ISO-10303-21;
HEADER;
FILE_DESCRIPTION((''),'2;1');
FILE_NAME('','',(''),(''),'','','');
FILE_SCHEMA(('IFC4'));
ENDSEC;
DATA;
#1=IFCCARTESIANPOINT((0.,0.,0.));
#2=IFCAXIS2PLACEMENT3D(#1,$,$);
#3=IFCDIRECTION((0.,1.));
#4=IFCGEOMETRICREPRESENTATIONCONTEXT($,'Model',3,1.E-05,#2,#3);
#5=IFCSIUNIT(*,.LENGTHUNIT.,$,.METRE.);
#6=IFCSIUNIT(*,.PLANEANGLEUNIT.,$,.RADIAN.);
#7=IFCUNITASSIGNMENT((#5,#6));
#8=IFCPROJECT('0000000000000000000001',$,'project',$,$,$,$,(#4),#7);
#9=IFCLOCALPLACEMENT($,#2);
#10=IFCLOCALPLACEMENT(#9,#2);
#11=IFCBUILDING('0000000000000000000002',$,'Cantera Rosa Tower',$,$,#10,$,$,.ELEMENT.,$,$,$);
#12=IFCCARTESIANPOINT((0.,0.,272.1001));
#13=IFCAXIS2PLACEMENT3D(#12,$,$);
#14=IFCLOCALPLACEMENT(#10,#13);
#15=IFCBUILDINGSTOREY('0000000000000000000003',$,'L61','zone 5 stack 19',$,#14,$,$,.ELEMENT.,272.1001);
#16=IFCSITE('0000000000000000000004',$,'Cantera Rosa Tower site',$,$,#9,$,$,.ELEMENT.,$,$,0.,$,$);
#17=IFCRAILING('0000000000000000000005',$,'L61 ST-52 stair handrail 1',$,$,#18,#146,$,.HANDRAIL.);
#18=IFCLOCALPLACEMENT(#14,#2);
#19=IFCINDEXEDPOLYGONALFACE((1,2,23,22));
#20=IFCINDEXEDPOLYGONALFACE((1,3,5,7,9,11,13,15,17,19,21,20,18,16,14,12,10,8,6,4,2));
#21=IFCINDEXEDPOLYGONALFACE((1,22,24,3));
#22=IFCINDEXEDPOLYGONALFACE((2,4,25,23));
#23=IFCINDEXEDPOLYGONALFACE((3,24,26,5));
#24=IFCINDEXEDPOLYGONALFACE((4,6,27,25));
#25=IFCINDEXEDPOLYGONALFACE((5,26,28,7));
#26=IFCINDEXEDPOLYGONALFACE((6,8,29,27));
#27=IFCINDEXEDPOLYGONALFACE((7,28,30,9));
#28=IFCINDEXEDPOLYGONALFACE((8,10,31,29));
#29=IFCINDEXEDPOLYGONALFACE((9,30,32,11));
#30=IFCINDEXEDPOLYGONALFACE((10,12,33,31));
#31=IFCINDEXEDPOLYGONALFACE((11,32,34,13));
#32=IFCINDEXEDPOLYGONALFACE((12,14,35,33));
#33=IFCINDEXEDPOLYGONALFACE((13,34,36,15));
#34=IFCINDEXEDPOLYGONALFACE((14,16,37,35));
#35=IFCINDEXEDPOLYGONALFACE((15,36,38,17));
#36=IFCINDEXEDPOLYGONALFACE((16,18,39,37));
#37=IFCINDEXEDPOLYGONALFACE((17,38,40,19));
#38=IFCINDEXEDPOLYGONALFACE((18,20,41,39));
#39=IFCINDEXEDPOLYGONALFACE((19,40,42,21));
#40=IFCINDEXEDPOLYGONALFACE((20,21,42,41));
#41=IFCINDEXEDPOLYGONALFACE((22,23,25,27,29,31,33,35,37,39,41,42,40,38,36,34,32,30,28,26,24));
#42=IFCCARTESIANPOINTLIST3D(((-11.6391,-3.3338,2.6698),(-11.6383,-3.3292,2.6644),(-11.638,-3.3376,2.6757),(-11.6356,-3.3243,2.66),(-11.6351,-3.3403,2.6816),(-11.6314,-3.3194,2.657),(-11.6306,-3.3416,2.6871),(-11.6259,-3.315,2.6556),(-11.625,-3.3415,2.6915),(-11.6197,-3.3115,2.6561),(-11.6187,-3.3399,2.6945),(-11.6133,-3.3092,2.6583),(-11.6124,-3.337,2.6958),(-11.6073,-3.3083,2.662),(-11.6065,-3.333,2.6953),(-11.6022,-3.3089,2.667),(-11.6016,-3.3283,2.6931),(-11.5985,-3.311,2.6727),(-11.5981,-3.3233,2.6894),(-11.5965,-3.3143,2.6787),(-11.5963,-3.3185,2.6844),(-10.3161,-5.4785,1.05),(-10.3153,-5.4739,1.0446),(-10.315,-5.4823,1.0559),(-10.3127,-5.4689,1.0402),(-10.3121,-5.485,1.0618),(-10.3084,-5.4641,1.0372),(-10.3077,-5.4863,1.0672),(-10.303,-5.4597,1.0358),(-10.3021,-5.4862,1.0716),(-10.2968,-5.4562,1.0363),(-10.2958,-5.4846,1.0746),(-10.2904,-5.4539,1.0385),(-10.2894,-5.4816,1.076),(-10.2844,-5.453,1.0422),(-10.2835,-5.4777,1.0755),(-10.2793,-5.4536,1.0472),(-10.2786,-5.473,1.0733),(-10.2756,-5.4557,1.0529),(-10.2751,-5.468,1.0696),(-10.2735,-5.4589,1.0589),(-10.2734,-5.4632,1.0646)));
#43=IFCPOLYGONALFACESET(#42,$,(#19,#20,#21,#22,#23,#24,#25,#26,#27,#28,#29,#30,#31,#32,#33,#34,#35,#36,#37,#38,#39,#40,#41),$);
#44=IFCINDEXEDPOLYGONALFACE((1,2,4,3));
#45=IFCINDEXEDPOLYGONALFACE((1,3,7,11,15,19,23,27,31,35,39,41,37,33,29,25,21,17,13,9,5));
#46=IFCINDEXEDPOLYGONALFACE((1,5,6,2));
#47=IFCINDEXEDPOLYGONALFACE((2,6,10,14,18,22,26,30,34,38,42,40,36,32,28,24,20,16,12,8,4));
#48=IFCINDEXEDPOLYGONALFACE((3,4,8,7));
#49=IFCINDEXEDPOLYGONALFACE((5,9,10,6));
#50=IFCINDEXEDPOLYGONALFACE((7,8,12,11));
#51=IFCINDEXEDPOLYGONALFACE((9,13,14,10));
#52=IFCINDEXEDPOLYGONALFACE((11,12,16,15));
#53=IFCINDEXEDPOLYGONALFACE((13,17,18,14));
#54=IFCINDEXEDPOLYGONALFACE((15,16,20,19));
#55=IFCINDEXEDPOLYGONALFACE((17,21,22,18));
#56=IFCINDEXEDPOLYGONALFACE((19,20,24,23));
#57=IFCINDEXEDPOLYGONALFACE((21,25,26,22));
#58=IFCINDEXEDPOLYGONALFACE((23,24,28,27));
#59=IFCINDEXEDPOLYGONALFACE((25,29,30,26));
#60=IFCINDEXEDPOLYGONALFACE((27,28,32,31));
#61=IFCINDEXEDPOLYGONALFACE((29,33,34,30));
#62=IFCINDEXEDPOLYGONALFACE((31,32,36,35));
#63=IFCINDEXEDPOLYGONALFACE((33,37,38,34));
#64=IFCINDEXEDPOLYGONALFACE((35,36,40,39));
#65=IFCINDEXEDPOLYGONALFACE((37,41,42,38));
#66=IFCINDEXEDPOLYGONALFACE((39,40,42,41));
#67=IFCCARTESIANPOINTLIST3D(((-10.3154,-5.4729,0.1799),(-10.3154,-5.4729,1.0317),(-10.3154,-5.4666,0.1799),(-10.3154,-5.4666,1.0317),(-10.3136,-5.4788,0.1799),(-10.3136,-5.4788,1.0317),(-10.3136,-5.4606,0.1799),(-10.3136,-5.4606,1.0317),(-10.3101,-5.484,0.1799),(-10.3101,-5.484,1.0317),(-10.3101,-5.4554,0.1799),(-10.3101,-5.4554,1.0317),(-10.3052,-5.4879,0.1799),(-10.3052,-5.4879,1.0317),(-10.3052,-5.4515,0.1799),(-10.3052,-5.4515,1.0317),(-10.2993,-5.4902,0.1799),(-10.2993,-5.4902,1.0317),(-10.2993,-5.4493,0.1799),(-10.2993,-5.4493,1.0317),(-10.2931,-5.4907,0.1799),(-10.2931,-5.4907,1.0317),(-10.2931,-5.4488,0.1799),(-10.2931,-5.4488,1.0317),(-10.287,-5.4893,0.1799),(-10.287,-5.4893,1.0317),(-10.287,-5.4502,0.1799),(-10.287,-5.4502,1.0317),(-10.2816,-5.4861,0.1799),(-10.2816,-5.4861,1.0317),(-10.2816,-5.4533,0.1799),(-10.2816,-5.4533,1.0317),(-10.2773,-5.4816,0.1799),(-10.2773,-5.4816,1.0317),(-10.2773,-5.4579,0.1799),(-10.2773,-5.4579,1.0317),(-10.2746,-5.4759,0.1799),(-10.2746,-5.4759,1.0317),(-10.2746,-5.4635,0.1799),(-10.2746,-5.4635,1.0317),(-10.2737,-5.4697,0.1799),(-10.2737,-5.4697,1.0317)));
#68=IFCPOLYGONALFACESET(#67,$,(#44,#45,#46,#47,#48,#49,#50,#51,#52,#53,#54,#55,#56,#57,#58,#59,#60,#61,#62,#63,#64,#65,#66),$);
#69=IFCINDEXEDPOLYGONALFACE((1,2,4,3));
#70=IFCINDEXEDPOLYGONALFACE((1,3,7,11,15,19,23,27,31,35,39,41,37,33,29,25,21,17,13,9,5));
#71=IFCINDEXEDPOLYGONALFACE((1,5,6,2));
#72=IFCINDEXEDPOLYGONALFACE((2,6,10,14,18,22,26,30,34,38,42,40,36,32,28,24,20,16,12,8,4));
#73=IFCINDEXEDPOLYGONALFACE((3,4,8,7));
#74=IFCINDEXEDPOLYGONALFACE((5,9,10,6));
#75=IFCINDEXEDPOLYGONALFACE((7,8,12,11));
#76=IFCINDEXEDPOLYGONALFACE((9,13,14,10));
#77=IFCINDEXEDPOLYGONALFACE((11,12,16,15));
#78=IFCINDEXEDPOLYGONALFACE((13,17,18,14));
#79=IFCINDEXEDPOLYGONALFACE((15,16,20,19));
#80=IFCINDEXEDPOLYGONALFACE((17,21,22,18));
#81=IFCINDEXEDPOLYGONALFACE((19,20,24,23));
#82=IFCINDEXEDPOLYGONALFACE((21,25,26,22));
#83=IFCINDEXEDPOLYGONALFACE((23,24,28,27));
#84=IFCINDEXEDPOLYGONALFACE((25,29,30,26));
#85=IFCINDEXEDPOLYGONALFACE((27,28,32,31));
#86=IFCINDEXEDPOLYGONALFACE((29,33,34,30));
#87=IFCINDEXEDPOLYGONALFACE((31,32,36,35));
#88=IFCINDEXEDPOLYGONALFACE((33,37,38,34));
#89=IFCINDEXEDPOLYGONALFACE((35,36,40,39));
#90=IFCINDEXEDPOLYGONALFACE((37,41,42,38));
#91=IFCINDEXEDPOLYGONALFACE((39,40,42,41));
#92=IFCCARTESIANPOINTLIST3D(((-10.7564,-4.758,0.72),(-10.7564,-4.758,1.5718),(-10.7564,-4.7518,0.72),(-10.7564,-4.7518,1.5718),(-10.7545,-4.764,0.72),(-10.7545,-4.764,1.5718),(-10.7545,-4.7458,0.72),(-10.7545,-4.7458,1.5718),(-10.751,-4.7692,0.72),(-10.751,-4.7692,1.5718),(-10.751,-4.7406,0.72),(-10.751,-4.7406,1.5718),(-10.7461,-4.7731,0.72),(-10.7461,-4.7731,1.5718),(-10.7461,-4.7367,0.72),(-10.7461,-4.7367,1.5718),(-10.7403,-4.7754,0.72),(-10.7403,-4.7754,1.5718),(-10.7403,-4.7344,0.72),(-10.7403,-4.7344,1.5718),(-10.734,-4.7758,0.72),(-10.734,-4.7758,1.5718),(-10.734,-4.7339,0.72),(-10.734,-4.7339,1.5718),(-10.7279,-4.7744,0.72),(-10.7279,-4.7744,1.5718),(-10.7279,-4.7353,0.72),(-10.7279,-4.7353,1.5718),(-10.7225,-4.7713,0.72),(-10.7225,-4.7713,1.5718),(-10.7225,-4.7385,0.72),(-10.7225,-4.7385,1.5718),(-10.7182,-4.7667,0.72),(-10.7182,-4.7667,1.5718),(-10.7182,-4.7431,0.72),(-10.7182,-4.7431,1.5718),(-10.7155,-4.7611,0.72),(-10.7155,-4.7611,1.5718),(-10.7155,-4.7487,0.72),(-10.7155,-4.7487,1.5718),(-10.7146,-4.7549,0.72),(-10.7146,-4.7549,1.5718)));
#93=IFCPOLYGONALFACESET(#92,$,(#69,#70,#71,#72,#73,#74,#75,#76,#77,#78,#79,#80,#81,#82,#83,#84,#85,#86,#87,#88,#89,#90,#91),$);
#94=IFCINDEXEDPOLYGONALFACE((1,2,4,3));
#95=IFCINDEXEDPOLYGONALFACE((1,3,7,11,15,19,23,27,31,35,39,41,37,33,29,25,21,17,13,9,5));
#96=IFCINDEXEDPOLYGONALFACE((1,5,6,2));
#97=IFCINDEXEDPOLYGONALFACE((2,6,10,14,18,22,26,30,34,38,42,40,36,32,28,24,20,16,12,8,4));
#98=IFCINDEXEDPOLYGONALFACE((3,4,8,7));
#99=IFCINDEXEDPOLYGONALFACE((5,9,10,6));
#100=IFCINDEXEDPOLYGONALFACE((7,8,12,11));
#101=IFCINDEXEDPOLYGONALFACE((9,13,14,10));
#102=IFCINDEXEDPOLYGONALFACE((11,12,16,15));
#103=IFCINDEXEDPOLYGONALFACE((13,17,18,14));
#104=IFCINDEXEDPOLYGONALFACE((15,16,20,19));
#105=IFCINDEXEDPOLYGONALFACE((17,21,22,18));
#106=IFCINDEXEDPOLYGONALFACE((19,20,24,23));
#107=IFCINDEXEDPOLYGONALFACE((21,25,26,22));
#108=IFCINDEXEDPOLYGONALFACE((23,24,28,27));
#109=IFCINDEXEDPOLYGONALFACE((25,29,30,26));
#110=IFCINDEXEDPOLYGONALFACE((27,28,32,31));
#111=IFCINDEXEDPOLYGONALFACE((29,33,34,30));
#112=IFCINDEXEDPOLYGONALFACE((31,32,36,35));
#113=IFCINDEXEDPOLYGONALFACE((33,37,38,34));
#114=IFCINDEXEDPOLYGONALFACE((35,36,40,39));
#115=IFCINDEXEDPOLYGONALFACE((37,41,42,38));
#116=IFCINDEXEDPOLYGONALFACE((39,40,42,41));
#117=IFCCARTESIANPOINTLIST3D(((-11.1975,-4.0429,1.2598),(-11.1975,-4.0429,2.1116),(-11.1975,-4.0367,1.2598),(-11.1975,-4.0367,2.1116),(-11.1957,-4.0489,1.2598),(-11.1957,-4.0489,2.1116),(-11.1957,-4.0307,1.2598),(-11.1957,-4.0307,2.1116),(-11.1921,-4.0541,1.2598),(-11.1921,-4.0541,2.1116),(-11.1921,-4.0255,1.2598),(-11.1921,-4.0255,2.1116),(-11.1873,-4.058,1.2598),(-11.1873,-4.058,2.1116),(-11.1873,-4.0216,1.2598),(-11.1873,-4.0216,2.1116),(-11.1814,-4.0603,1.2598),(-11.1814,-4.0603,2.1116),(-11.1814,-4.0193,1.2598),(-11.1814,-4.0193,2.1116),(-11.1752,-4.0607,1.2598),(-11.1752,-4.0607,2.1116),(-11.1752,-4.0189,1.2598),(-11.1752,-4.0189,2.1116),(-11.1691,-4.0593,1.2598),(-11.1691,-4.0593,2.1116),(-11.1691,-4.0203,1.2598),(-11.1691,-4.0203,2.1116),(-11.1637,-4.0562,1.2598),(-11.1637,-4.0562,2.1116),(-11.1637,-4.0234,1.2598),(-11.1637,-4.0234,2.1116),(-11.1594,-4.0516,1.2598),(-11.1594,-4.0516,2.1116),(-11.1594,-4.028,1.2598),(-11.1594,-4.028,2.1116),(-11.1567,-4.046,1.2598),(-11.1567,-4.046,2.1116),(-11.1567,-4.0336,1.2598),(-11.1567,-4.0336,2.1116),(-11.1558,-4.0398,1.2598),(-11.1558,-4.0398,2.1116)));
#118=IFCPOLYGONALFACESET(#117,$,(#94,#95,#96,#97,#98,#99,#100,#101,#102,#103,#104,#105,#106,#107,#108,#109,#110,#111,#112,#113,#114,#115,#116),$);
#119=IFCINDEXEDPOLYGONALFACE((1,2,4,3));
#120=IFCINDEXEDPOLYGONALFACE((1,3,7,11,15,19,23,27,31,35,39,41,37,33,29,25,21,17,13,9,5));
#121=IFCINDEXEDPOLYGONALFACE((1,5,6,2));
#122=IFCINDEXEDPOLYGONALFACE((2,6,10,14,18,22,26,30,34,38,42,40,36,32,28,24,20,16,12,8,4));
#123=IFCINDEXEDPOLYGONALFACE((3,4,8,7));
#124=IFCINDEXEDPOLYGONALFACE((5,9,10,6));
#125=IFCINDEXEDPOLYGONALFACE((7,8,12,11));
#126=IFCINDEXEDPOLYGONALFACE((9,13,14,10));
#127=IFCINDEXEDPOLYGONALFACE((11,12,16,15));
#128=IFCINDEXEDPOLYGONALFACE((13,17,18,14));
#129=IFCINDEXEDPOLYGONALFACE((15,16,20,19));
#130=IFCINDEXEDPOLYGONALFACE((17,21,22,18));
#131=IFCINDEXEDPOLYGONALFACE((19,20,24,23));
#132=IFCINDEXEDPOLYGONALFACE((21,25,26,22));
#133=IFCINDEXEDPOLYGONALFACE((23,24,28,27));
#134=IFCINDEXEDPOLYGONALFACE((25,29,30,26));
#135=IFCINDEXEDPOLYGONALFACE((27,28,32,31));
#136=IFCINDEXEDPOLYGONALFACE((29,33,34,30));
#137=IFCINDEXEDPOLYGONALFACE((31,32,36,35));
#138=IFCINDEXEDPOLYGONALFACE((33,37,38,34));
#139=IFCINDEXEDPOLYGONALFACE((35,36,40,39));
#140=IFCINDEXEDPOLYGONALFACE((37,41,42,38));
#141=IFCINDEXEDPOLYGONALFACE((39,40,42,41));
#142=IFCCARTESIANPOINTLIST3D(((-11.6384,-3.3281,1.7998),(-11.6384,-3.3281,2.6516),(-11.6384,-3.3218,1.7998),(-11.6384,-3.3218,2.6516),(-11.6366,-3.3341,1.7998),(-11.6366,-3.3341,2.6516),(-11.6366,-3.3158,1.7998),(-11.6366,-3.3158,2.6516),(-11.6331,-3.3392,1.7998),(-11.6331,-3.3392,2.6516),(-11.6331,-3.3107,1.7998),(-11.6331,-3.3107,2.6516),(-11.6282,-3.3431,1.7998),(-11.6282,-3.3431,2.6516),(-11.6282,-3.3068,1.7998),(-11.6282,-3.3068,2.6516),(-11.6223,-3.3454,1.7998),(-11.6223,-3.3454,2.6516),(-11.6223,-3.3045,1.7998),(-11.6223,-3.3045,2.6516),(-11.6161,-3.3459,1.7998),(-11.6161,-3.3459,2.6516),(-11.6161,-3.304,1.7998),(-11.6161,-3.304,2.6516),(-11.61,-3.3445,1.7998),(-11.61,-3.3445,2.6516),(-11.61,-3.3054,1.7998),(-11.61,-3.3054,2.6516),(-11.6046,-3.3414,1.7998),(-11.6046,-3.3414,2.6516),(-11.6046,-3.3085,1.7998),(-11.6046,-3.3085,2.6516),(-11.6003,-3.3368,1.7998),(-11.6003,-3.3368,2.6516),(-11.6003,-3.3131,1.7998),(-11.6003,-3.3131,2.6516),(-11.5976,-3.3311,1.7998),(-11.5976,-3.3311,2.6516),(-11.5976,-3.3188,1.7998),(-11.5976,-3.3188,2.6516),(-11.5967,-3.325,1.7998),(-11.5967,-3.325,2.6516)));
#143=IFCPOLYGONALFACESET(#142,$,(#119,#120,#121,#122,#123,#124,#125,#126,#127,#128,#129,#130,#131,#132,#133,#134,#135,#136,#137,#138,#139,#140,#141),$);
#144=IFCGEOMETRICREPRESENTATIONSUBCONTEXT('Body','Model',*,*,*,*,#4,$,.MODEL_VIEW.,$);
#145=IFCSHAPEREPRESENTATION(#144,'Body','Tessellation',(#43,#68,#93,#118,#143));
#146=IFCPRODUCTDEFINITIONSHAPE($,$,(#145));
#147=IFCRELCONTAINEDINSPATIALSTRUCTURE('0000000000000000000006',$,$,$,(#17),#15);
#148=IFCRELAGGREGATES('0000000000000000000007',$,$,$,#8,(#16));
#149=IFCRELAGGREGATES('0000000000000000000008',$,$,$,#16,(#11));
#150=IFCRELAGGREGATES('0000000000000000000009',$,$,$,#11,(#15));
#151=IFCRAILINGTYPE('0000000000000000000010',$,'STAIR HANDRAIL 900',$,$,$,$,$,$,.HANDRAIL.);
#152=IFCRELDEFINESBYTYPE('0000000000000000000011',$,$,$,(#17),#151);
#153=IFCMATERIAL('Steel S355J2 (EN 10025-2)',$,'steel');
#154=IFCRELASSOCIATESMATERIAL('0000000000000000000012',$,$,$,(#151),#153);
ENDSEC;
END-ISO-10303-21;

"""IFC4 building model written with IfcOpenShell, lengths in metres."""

from ifc_helpers import new_model, si_unit, direction, frame, origin, origin_2d, place, context, subcontext, project, spatial, circle, extrude, material, type_object, element, save


model = new_model("IFC4")

# Units and contexts
model_context = context("Model", 3, precision=1e-05, world=origin(), true_north=direction((0.0, 1.0)))
body_context = subcontext(model_context, "Body", "Model", "MODEL_VIEW")
ifc_project = project(units=[si_unit("LENGTHUNIT", "METRE"), si_unit("PLANEANGLEUNIT", "RADIAN")], contexts=[model_context])

# Site, building, storey
site_placement = place(None, origin())
site = spatial("IfcSite", under=ifc_project, at=site_placement, Name="Cantera Rosa Tower site", CompositionType="ELEMENT", RefElevation=0.0)
building_placement = place(site_placement, origin())
building = spatial("IfcBuilding", under=site, at=building_placement, Name="Cantera Rosa Tower", CompositionType="ELEMENT")
storey_placement = place(building_placement, frame((0.0, 0.0, 272.1001)))
storey = spatial("IfcBuildingStorey", under=building, at=storey_placement, Name="L61", Description="zone 5 stack 19", CompositionType="ELEMENT", Elevation=272.1001)

# Railing
ifc_material_1 = material(Name="Steel S355J2 (EN 10025-2)", Category="steel")
railing_type_1 = type_object("IfcRailingType", Name="STAIR HANDRAIL 900", PredefinedType="HANDRAIL", material=ifc_material_1)
railing_1_placement = place(storey_placement, frame((-10.2947, -5.4697, 0.1799)))
element("IfcRailing", 1, at=railing_1_placement, inside=storey, type_object=railing_type_1, Name="L61 ST-52 stair handrail 1", PredefinedType="HANDRAIL", context=body_context, shape_type="SweptSolid", body=[
    extrude(circle(Radius=0.0239, at=origin_2d()), frame((0.0, 0.0, 0.876), z_axis=(-0.441629, 0.715945, 0.540728), x_axis=(-0.851102, -0.525, 0.0)), (0.0, 0.0, 1.0), 2.9956),
    extrude(circle(Radius=0.021, at=origin_2d()), origin(), (0.0, 0.0, 1.0), 0.8518),
    extrude(circle(Radius=0.021, at=origin_2d()), frame((-0.4409, 0.7148, 0.54)), (0.0, 0.0, 1.0), 0.8518),
    extrude(circle(Radius=0.021, at=origin_2d()), frame((-0.8821, 1.4299, 1.0798)), (0.0, 0.0, 1.0), 0.8518),
    extrude(circle(Radius=0.021, at=origin_2d()), frame((-1.323, 2.1448, 1.6199)), (0.0, 0.0, 1.0), 0.8518),
])

save(model, "model.ifc")
